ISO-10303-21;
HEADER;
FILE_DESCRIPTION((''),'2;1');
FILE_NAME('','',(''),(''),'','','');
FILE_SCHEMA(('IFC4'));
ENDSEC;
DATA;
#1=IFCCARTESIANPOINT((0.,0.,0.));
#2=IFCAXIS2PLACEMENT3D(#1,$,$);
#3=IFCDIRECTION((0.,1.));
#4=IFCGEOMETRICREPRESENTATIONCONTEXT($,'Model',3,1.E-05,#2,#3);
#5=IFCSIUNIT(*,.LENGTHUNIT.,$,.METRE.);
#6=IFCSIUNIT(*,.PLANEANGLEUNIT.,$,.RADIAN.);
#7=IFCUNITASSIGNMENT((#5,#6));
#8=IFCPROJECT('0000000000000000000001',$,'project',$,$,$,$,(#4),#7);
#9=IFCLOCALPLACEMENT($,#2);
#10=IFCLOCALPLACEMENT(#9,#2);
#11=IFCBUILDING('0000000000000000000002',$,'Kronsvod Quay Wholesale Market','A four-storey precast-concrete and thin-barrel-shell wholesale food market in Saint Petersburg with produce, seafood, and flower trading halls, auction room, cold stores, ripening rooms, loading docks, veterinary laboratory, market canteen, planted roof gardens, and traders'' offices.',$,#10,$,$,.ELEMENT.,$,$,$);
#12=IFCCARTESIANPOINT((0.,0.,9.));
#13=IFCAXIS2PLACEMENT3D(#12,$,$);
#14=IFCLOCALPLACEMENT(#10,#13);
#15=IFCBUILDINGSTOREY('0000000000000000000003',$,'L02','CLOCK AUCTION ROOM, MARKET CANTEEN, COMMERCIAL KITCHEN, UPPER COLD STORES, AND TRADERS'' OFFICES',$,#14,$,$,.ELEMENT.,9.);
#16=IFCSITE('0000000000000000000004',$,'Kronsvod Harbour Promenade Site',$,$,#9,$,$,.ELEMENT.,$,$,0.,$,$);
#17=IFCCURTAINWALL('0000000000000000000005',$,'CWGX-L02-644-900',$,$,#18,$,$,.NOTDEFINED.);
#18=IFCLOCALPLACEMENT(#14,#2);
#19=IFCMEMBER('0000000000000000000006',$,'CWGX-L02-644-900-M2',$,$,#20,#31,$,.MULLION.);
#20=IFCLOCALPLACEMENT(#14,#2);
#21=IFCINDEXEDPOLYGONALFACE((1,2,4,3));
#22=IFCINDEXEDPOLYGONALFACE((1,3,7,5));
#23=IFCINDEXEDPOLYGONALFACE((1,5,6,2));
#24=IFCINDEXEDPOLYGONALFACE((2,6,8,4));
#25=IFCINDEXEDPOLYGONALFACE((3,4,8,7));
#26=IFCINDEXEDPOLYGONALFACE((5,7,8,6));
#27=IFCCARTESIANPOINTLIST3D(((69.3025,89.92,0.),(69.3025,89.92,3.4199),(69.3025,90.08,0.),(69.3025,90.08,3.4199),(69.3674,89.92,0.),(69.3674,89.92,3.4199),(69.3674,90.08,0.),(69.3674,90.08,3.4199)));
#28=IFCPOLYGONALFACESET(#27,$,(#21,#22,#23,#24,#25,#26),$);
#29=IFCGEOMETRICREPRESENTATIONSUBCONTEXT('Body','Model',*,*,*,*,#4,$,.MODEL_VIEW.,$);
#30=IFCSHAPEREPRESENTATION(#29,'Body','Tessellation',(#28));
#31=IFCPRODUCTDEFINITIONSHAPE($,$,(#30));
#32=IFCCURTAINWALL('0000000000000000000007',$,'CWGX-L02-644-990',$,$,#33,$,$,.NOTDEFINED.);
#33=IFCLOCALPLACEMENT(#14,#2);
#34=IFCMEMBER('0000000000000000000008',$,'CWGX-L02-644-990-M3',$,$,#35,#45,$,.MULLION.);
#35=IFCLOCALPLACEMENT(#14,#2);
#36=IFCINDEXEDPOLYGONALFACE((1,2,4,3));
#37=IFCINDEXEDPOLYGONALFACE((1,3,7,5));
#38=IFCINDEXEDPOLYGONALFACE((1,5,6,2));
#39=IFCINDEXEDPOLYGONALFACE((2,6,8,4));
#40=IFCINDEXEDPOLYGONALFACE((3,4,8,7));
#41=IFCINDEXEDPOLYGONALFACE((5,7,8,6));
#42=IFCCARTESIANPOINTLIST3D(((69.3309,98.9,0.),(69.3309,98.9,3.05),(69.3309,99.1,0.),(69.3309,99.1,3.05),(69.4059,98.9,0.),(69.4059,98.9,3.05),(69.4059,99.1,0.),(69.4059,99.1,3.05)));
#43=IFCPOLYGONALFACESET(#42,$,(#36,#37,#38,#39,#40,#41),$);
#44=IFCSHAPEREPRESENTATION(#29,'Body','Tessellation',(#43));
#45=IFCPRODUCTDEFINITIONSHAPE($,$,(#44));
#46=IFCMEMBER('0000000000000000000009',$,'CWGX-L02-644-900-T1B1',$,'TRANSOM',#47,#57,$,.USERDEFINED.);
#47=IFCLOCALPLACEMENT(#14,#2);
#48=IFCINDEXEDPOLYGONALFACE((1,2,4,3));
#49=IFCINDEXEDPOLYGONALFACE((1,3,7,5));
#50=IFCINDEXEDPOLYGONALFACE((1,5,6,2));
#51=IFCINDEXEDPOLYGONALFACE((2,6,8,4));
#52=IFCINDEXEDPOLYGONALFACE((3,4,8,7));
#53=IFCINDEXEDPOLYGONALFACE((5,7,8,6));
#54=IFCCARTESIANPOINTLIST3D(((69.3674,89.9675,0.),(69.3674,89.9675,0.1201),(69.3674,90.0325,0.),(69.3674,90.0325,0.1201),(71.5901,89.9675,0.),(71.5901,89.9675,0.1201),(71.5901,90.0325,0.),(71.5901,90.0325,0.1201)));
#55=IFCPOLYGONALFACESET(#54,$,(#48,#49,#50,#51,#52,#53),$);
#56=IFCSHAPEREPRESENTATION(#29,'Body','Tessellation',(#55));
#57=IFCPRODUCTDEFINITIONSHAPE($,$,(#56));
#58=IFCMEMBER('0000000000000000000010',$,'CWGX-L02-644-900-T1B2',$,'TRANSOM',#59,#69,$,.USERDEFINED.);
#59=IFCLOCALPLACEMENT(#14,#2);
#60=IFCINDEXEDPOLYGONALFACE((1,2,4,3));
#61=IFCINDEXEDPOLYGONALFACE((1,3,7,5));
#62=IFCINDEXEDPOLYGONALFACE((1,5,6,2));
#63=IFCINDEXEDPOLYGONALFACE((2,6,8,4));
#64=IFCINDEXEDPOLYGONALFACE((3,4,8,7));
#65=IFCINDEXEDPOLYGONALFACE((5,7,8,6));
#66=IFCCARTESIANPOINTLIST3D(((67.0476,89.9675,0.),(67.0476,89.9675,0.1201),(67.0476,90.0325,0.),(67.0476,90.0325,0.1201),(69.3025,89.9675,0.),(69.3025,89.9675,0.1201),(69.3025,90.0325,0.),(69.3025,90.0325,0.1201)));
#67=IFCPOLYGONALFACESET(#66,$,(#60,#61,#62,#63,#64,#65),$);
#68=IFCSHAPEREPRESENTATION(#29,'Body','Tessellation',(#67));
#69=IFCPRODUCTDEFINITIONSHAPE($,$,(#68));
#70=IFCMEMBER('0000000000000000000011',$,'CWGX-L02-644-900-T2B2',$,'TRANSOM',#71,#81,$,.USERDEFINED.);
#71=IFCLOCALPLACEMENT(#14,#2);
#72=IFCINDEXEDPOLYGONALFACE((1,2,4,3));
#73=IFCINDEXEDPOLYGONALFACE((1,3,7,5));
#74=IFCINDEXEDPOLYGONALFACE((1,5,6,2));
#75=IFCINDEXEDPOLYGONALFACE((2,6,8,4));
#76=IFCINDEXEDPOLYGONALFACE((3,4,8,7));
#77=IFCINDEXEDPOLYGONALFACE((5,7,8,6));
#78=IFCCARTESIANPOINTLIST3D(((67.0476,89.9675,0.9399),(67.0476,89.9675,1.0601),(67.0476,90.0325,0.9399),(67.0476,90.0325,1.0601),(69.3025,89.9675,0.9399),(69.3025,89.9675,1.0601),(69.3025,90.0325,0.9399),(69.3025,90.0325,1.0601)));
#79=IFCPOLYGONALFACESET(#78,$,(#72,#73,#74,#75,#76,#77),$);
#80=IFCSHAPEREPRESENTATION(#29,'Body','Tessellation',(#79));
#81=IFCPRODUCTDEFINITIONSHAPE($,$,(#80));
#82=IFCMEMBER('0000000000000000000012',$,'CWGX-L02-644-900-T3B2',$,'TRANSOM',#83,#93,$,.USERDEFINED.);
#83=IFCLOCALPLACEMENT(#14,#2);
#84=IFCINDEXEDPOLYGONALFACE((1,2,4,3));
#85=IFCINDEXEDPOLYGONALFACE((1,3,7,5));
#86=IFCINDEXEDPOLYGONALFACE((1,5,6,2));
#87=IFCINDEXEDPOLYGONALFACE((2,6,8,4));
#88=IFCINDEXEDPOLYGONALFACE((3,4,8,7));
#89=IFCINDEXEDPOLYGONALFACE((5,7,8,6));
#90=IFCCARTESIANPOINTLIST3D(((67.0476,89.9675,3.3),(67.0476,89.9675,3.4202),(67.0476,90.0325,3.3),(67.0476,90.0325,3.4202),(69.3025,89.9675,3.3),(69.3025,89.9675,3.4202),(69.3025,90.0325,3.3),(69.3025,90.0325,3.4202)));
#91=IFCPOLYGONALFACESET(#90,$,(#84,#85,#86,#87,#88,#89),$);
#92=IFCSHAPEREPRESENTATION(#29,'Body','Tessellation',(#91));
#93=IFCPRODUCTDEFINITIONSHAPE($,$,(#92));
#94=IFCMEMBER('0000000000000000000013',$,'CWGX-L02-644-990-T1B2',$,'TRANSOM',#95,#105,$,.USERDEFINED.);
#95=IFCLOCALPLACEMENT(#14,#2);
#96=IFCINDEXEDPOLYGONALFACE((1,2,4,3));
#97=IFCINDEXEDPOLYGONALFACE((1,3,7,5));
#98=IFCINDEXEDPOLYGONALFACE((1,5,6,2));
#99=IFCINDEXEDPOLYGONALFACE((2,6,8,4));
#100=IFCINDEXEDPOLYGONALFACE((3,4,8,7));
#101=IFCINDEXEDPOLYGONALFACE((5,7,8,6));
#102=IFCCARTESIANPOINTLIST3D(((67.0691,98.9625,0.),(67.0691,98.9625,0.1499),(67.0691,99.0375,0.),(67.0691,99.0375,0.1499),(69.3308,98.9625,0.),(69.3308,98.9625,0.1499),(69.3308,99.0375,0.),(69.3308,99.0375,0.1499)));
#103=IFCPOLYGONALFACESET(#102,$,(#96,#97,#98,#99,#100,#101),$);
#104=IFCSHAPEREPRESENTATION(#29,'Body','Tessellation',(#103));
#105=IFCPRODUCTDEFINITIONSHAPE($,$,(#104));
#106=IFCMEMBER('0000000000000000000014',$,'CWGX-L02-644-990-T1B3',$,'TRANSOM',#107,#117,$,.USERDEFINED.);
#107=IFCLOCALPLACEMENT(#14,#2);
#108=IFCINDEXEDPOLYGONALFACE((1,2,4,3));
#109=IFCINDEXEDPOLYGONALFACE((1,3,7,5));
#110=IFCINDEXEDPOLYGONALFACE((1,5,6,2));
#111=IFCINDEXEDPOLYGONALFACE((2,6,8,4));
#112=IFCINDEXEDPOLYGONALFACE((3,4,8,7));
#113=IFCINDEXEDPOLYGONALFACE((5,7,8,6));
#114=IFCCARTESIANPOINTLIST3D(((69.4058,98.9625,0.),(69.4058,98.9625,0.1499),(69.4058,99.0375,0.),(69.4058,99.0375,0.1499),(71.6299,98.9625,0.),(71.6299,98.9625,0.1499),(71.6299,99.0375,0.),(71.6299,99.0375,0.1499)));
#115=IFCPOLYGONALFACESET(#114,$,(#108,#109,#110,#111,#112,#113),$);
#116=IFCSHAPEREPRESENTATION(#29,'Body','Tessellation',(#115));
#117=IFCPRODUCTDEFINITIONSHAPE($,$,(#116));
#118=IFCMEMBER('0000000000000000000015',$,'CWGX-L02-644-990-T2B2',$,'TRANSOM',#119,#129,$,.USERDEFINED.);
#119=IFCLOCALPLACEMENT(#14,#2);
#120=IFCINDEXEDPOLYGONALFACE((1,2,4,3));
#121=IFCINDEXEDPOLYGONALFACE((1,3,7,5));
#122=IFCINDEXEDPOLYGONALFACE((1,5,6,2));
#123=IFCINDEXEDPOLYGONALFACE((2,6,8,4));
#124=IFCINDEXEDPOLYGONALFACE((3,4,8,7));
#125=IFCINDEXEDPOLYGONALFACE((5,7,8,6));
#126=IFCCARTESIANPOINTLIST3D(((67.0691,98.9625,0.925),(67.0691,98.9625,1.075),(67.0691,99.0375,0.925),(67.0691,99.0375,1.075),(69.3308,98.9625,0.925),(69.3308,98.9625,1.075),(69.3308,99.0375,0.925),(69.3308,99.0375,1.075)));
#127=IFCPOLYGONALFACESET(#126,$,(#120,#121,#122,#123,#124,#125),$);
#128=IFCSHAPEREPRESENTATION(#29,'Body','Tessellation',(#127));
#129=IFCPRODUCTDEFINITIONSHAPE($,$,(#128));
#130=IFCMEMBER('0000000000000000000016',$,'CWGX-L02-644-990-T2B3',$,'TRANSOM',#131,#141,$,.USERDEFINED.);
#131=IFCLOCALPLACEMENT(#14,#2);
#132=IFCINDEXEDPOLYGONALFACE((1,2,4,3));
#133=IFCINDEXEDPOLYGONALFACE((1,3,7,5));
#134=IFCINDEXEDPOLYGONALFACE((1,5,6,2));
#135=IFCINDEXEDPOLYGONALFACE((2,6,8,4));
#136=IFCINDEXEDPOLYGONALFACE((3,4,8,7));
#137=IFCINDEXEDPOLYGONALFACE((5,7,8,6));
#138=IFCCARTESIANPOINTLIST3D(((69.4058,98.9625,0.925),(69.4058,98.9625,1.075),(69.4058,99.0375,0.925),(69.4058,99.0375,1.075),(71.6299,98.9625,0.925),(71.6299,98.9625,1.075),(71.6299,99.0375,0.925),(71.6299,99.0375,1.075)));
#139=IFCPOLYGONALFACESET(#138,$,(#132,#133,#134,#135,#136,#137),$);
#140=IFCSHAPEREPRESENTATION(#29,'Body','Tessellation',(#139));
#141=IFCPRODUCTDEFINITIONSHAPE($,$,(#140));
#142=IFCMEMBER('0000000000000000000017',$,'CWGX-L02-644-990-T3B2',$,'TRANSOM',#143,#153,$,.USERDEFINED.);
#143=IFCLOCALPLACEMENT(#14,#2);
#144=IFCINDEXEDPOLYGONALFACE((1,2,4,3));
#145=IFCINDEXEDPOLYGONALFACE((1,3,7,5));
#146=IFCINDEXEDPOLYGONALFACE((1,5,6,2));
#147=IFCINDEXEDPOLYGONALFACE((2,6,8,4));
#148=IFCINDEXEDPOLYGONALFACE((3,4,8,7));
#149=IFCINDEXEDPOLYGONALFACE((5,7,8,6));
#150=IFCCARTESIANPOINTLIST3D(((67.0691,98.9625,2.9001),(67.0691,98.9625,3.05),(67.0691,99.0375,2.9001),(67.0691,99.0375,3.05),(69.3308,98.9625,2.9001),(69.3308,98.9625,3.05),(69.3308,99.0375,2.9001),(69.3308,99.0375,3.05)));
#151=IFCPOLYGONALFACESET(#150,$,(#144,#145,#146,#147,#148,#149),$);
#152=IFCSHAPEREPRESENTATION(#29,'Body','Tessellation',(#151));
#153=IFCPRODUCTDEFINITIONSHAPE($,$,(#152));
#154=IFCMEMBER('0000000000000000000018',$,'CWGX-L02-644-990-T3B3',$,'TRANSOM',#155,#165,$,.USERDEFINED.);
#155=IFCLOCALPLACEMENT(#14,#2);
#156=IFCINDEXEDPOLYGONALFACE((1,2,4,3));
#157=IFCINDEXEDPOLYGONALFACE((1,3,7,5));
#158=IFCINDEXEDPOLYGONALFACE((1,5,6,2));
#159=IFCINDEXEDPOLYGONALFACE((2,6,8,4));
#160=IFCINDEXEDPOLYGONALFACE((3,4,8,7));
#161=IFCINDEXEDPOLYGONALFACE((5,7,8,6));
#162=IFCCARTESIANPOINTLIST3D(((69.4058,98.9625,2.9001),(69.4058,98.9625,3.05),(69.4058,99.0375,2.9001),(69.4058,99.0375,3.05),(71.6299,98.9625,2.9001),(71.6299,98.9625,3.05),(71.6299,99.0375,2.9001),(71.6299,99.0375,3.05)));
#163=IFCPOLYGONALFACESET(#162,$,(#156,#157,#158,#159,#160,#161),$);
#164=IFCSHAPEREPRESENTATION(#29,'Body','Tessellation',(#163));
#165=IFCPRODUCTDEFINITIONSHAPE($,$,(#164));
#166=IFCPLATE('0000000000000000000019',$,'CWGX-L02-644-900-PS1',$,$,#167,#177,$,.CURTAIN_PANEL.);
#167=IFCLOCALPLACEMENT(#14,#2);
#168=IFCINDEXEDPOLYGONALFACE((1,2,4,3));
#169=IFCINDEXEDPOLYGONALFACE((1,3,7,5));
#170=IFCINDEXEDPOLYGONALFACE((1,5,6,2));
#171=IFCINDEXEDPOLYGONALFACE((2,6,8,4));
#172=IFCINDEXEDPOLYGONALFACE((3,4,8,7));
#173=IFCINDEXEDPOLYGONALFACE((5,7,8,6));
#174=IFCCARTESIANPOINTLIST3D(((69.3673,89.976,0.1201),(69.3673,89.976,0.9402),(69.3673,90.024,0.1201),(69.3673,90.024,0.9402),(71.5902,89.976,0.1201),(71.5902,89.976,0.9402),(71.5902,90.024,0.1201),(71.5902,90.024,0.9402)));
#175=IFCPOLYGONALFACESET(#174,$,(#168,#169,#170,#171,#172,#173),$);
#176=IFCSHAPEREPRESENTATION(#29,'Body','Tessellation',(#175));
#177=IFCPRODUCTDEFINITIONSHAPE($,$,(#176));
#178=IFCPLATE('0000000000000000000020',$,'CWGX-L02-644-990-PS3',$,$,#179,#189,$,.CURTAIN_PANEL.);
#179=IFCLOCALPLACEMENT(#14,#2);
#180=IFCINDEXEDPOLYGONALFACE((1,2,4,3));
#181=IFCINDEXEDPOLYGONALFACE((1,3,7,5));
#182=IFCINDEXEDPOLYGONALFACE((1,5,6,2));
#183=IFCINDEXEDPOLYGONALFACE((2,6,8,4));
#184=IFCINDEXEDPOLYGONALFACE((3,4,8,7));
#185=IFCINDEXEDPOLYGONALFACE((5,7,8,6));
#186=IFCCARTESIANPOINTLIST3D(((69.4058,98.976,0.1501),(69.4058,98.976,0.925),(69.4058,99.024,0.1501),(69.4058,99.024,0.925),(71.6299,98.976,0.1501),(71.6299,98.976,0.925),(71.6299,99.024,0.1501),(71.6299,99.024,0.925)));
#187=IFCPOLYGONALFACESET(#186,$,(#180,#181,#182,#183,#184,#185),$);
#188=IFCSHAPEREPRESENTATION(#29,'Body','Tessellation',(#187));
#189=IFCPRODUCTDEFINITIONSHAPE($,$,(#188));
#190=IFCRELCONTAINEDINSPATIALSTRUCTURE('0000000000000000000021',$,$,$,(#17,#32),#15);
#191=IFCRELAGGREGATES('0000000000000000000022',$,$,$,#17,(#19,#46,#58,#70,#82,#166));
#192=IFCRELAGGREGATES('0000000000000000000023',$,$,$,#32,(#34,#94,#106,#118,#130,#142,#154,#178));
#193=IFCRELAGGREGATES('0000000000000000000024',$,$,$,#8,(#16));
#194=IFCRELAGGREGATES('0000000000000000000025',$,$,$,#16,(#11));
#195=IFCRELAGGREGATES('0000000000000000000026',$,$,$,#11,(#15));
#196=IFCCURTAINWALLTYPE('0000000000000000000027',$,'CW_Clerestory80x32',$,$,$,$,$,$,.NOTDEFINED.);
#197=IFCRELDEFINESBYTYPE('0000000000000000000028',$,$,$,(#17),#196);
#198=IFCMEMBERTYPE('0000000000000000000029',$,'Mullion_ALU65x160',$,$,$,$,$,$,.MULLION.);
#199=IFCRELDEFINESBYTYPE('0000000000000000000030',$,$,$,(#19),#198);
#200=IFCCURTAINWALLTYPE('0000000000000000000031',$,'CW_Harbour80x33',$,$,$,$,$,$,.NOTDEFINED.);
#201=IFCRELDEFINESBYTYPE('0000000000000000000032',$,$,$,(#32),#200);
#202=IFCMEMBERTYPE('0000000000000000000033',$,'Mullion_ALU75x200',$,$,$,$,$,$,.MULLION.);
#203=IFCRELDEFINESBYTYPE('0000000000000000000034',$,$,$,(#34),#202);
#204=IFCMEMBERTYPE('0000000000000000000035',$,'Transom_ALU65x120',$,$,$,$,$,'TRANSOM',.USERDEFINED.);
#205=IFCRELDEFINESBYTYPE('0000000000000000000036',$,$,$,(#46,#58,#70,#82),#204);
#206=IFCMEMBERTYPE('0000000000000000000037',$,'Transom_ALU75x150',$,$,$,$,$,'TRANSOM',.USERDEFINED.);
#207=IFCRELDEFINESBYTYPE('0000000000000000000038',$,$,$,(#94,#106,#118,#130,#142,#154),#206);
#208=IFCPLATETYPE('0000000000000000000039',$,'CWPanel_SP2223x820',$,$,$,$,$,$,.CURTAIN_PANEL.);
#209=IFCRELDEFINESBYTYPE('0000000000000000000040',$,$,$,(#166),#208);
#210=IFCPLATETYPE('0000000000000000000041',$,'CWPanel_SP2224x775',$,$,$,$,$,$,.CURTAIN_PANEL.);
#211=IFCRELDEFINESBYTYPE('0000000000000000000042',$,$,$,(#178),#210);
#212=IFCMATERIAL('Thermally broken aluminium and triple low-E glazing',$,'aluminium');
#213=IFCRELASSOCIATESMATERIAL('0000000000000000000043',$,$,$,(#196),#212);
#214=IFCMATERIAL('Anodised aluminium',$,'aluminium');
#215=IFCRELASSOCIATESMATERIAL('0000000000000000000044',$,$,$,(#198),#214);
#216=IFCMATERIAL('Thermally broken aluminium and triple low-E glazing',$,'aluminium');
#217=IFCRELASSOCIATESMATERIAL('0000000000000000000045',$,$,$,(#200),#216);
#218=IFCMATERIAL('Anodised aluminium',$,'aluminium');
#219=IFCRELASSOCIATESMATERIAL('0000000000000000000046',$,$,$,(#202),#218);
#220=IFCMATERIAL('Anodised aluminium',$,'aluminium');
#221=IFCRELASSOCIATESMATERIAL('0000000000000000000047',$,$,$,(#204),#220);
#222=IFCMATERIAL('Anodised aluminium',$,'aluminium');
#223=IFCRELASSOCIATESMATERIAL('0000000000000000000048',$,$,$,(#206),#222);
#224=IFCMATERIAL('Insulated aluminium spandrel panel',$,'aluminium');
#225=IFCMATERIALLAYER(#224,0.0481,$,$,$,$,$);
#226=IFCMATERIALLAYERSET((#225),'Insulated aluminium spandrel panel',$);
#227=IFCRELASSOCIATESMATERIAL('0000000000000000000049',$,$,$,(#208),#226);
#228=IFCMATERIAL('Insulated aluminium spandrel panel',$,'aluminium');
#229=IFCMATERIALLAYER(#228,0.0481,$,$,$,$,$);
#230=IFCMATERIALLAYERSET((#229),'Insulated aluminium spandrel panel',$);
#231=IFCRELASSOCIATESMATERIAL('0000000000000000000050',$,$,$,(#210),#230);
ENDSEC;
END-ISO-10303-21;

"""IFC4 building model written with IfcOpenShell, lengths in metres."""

from ifc_helpers import new_model, si_unit, direction, frame, origin, origin_2d, place, context, subcontext, project, spatial, rectangle, extrude, material, layer, layer_set, material_profile, profile_set, type_object, element, aggregate, save


model = new_model("IFC4")

# Units and contexts
model_context = context("Model", 3, precision=1e-05, world=origin(), true_north=direction((0.0, 1.0)))
body_context = subcontext(model_context, "Body", "Model", "MODEL_VIEW")
ifc_project = project(units=[si_unit("LENGTHUNIT", "METRE"), si_unit("PLANEANGLEUNIT", "RADIAN")], contexts=[model_context])

# Site, building, storey
site_placement = place(None, origin())
site = spatial("IfcSite", under=ifc_project, at=site_placement, Name="Kronsvod Harbour Promenade Site", CompositionType="ELEMENT", RefElevation=0.0)
building_placement = place(site_placement, origin())
building = spatial("IfcBuilding", under=site, at=building_placement, Name="Kronsvod Quay Wholesale Market", Description="A four-storey precast-concrete and thin-barrel-shell wholesale food market in Saint Petersburg with produce, seafood, and flower trading halls, auction room, cold stores, ripening rooms, loading docks, veterinary laboratory, market canteen, planted roof gardens, and traders' offices.", CompositionType="ELEMENT")
storey_placement = place(building_placement, frame((0.0, 0.0, 9.0)))
storey = spatial("IfcBuildingStorey", under=building, at=storey_placement, Name="L02", Description="CLOCK AUCTION ROOM, MARKET CANTEEN, COMMERCIAL KITCHEN, UPPER COLD STORES, AND TRADERS' OFFICES", CompositionType="ELEMENT", Elevation=9.0)

# Curtain walls, members
ifc_material_1 = material(Name="Thermally broken aluminium and triple low-E glazing", Category="aluminium")
curtain_wall_type_1 = type_object("IfcCurtainWallType", Name="CW_Clerestory80x32", PredefinedType="NOTDEFINED", material=ifc_material_1)
curtain_wall_1_placement = place(storey_placement, origin())
curtain_wall_1 = element("IfcCurtainWall", 1, at=curtain_wall_1_placement, inside=storey, type_object=curtain_wall_type_1, Name="CWGX-L02-644-900", PredefinedType="NOTDEFINED")
ifc_material_2 = material(Name="Anodised aluminium", Category="aluminium")
ifc_material_profile_1 = material_profile(ifc_material_2, rectangle(XDim=0.0649, YDim=0.1599, at=origin_2d()), Name="ALUM65x160")
ifc_profile_set_1 = profile_set([ifc_material_profile_1], Name="Anodised aluminium")
member_type_1 = type_object("IfcMemberType", Name="Mullion_ALU65x160", PredefinedType="MULLION", material=ifc_profile_set_1)
member_1_placement = place(storey_placement, frame((69.335, 90.0, 0.0), z_axis=(0.0, 0.0, 1.0), x_axis=(1.0, 0.0, 0.0)))
member_1 = element("IfcMember", 2, at=member_1_placement, type_object=member_type_1, Name="CWGX-L02-644-900-M2", PredefinedType="MULLION", context=body_context, shape_type="SweptSolid", body=[
    extrude(rectangle(XDim=0.0649, YDim=0.1599, at=origin_2d()), origin(), (0.0, 0.0, 1.0), 3.4199),
])
ifc_material_3 = material(Name="Thermally broken aluminium and triple low-E glazing", Category="aluminium")
curtain_wall_type_2 = type_object("IfcCurtainWallType", Name="CW_Harbour80x33", PredefinedType="NOTDEFINED", material=ifc_material_3)
curtain_wall_2_placement = place(storey_placement, origin())
curtain_wall_2 = element("IfcCurtainWall", 3, at=curtain_wall_2_placement, inside=storey, type_object=curtain_wall_type_2, Name="CWGX-L02-644-990", PredefinedType="NOTDEFINED")
ifc_material_4 = material(Name="Anodised aluminium", Category="aluminium")
ifc_material_profile_2 = material_profile(ifc_material_4, rectangle(XDim=0.075, YDim=0.2, at=origin_2d()), Name="ALUM75x200")
ifc_profile_set_2 = profile_set([ifc_material_profile_2], Name="Anodised aluminium")
member_type_2 = type_object("IfcMemberType", Name="Mullion_ALU75x200", PredefinedType="MULLION", material=ifc_profile_set_2)
member_2_placement = place(storey_placement, frame((69.3684, 99.0, 0.0), z_axis=(0.0, 0.0, 1.0), x_axis=(1.0, 0.0, 0.0)))
member_2 = element("IfcMember", 4, at=member_2_placement, type_object=member_type_2, Name="CWGX-L02-644-990-M3", PredefinedType="MULLION", context=body_context, shape_type="SweptSolid", body=[
    extrude(rectangle(XDim=0.075, YDim=0.2, at=origin_2d()), origin(), (0.0, 0.0, 1.0), 3.05),
])

# Members
ifc_material_5 = material(Name="Anodised aluminium", Category="aluminium")
ifc_material_profile_3 = material_profile(ifc_material_5, rectangle(XDim=0.0649, YDim=0.1201, at=origin_2d()), Name="ALUT65x120")
ifc_profile_set_3 = profile_set([ifc_material_profile_3], Name="Anodised aluminium")
member_type_3 = type_object("IfcMemberType", Name="Transom_ALU65x120", ElementType="TRANSOM", PredefinedType="USERDEFINED", material=ifc_profile_set_3)
member_3_placement = place(storey_placement, frame((71.5901, 90.0, 0.0601), z_axis=(-1.0, 0.0, 0.0), x_axis=(0.0, -1.0, 0.0)))
member_3 = element("IfcMember", 5, at=member_3_placement, type_object=member_type_3, Name="CWGX-L02-644-900-T1B1", ObjectType="TRANSOM", PredefinedType="USERDEFINED", context=body_context, shape_type="SweptSolid", body=[
    extrude(rectangle(XDim=0.0649, YDim=0.1201, at=origin_2d()), origin(), (0.0, 0.0, 1.0), 2.2227),
])
member_4_placement = place(storey_placement, frame((69.3025, 90.0, 0.0601), z_axis=(-1.0, 0.0, 0.0), x_axis=(0.0, -1.0, 0.0)))
member_4 = element("IfcMember", 6, at=member_4_placement, type_object=member_type_3, Name="CWGX-L02-644-900-T1B2", ObjectType="TRANSOM", PredefinedType="USERDEFINED", context=body_context, shape_type="SweptSolid", body=[
    extrude(rectangle(XDim=0.0649, YDim=0.1201, at=origin_2d()), origin(), (0.0, 0.0, 1.0), 2.2549),
])
member_5_placement = place(storey_placement, frame((69.3025, 90.0, 1.0), z_axis=(-1.0, 0.0, 0.0), x_axis=(0.0, -1.0, 0.0)))
member_5 = element("IfcMember", 7, at=member_5_placement, type_object=member_type_3, Name="CWGX-L02-644-900-T2B2", ObjectType="TRANSOM", PredefinedType="USERDEFINED", context=body_context, shape_type="SweptSolid", body=[
    extrude(rectangle(XDim=0.0649, YDim=0.1201, at=origin_2d()), origin(), (0.0, 0.0, 1.0), 2.2549),
])
member_6_placement = place(storey_placement, frame((69.3025, 90.0, 3.3601), z_axis=(-1.0, 0.0, 0.0), x_axis=(0.0, -1.0, 0.0)))
member_6 = element("IfcMember", 8, at=member_6_placement, type_object=member_type_3, Name="CWGX-L02-644-900-T3B2", ObjectType="TRANSOM", PredefinedType="USERDEFINED", context=body_context, shape_type="SweptSolid", body=[
    extrude(rectangle(XDim=0.0649, YDim=0.1201, at=origin_2d()), origin(), (0.0, 0.0, 1.0), 2.2549),
])
ifc_material_6 = material(Name="Anodised aluminium", Category="aluminium")
ifc_material_profile_4 = material_profile(ifc_material_6, rectangle(XDim=0.075, YDim=0.1499, at=origin_2d()), Name="ALUT75x150")
ifc_profile_set_4 = profile_set([ifc_material_profile_4], Name="Anodised aluminium")
member_type_4 = type_object("IfcMemberType", Name="Transom_ALU75x150", ElementType="TRANSOM", PredefinedType="USERDEFINED", material=ifc_profile_set_4)
member_7_placement = place(storey_placement, frame((67.0691, 99.0, 0.075), z_axis=(1.0, 0.0, 0.0), x_axis=(0.0, 1.0, 0.0)))
member_7 = element("IfcMember", 9, at=member_7_placement, type_object=member_type_4, Name="CWGX-L02-644-990-T1B2", ObjectType="TRANSOM", PredefinedType="USERDEFINED", context=body_context, shape_type="SweptSolid", body=[
    extrude(rectangle(XDim=0.075, YDim=0.1499, at=origin_2d()), origin(), (0.0, 0.0, 1.0), 2.2617),
])
member_8_placement = place(storey_placement, frame((69.4058, 99.0, 0.075), z_axis=(1.0, 0.0, 0.0), x_axis=(0.0, 1.0, 0.0)))
member_8 = element("IfcMember", 10, at=member_8_placement, type_object=member_type_4, Name="CWGX-L02-644-990-T1B3", ObjectType="TRANSOM", PredefinedType="USERDEFINED", context=body_context, shape_type="SweptSolid", body=[
    extrude(rectangle(XDim=0.075, YDim=0.1499, at=origin_2d()), origin(), (0.0, 0.0, 1.0), 2.2241),
])
member_9_placement = place(storey_placement, frame((67.0691, 99.0, 1.0), z_axis=(1.0, 0.0, 0.0), x_axis=(0.0, 1.0, 0.0)))
member_9 = element("IfcMember", 11, at=member_9_placement, type_object=member_type_4, Name="CWGX-L02-644-990-T2B2", ObjectType="TRANSOM", PredefinedType="USERDEFINED", context=body_context, shape_type="SweptSolid", body=[
    extrude(rectangle(XDim=0.075, YDim=0.1499, at=origin_2d()), origin(), (0.0, 0.0, 1.0), 2.2617),
])
member_10_placement = place(storey_placement, frame((69.4058, 99.0, 1.0), z_axis=(1.0, 0.0, 0.0), x_axis=(0.0, 1.0, 0.0)))
member_10 = element("IfcMember", 12, at=member_10_placement, type_object=member_type_4, Name="CWGX-L02-644-990-T2B3", ObjectType="TRANSOM", PredefinedType="USERDEFINED", context=body_context, shape_type="SweptSolid", body=[
    extrude(rectangle(XDim=0.075, YDim=0.1499, at=origin_2d()), origin(), (0.0, 0.0, 1.0), 2.2241),
])
member_11_placement = place(storey_placement, frame((67.0691, 99.0, 2.9751), z_axis=(1.0, 0.0, 0.0), x_axis=(0.0, 1.0, 0.0)))
member_11 = element("IfcMember", 13, at=member_11_placement, type_object=member_type_4, Name="CWGX-L02-644-990-T3B2", ObjectType="TRANSOM", PredefinedType="USERDEFINED", context=body_context, shape_type="SweptSolid", body=[
    extrude(rectangle(XDim=0.075, YDim=0.1499, at=origin_2d()), origin(), (0.0, 0.0, 1.0), 2.2617),
])
member_12_placement = place(storey_placement, frame((69.4058, 99.0, 2.9751), z_axis=(1.0, 0.0, 0.0), x_axis=(0.0, 1.0, 0.0)))
member_12 = element("IfcMember", 14, at=member_12_placement, type_object=member_type_4, Name="CWGX-L02-644-990-T3B3", ObjectType="TRANSOM", PredefinedType="USERDEFINED", context=body_context, shape_type="SweptSolid", body=[
    extrude(rectangle(XDim=0.075, YDim=0.1499, at=origin_2d()), origin(), (0.0, 0.0, 1.0), 2.2241),
])

# Plates
ifc_material_7 = material(Name="Insulated aluminium spandrel panel", Category="aluminium")
ifc_layer_1 = layer(ifc_material_7, 0.0481)
ifc_layer_set_1 = layer_set([ifc_layer_1], Name="Insulated aluminium spandrel panel")
plate_type_1 = type_object("IfcPlateType", Name="CWPanel_SP2223x820", PredefinedType="CURTAIN_PANEL", material=ifc_layer_set_1)
plate_1_placement = place(storey_placement, frame((70.4788, 90.0, 0.1201), z_axis=(0.0, 0.0, 1.0), x_axis=(-1.0, 0.0, 0.0)))
plate_1 = element("IfcPlate", 15, at=plate_1_placement, type_object=plate_type_1, Name="CWGX-L02-644-900-PS1", PredefinedType="CURTAIN_PANEL", context=body_context, shape_type="SweptSolid", body=[
    extrude(rectangle(XDim=2.2229, YDim=0.0481, at=origin_2d()), origin(), (0.0, 0.0, 1.0), 0.8201),
])
ifc_material_8 = material(Name="Insulated aluminium spandrel panel", Category="aluminium")
ifc_layer_2 = layer(ifc_material_8, 0.0481)
ifc_layer_set_2 = layer_set([ifc_layer_2], Name="Insulated aluminium spandrel panel")
plate_type_2 = type_object("IfcPlateType", Name="CWPanel_SP2224x775", PredefinedType="CURTAIN_PANEL", material=ifc_layer_set_2)
plate_2_placement = place(storey_placement, frame((70.5178, 99.0, 0.1501), z_axis=(0.0, 0.0, 1.0), x_axis=(1.0, 0.0, 0.0)))
plate_2 = element("IfcPlate", 16, at=plate_2_placement, type_object=plate_type_2, Name="CWGX-L02-644-990-PS3", PredefinedType="CURTAIN_PANEL", context=body_context, shape_type="SweptSolid", body=[
    extrude(rectangle(XDim=2.2241, YDim=0.0481, at=origin_2d()), origin(), (0.0, 0.0, 1.0), 0.7749),
])
aggregate(curtain_wall_1, [member_1, member_3, member_4, member_5, member_6, plate_1])
aggregate(curtain_wall_2, [member_2, member_7, member_8, member_9, member_10, member_11, member_12, plate_2])

save(model, "model.ifc")
